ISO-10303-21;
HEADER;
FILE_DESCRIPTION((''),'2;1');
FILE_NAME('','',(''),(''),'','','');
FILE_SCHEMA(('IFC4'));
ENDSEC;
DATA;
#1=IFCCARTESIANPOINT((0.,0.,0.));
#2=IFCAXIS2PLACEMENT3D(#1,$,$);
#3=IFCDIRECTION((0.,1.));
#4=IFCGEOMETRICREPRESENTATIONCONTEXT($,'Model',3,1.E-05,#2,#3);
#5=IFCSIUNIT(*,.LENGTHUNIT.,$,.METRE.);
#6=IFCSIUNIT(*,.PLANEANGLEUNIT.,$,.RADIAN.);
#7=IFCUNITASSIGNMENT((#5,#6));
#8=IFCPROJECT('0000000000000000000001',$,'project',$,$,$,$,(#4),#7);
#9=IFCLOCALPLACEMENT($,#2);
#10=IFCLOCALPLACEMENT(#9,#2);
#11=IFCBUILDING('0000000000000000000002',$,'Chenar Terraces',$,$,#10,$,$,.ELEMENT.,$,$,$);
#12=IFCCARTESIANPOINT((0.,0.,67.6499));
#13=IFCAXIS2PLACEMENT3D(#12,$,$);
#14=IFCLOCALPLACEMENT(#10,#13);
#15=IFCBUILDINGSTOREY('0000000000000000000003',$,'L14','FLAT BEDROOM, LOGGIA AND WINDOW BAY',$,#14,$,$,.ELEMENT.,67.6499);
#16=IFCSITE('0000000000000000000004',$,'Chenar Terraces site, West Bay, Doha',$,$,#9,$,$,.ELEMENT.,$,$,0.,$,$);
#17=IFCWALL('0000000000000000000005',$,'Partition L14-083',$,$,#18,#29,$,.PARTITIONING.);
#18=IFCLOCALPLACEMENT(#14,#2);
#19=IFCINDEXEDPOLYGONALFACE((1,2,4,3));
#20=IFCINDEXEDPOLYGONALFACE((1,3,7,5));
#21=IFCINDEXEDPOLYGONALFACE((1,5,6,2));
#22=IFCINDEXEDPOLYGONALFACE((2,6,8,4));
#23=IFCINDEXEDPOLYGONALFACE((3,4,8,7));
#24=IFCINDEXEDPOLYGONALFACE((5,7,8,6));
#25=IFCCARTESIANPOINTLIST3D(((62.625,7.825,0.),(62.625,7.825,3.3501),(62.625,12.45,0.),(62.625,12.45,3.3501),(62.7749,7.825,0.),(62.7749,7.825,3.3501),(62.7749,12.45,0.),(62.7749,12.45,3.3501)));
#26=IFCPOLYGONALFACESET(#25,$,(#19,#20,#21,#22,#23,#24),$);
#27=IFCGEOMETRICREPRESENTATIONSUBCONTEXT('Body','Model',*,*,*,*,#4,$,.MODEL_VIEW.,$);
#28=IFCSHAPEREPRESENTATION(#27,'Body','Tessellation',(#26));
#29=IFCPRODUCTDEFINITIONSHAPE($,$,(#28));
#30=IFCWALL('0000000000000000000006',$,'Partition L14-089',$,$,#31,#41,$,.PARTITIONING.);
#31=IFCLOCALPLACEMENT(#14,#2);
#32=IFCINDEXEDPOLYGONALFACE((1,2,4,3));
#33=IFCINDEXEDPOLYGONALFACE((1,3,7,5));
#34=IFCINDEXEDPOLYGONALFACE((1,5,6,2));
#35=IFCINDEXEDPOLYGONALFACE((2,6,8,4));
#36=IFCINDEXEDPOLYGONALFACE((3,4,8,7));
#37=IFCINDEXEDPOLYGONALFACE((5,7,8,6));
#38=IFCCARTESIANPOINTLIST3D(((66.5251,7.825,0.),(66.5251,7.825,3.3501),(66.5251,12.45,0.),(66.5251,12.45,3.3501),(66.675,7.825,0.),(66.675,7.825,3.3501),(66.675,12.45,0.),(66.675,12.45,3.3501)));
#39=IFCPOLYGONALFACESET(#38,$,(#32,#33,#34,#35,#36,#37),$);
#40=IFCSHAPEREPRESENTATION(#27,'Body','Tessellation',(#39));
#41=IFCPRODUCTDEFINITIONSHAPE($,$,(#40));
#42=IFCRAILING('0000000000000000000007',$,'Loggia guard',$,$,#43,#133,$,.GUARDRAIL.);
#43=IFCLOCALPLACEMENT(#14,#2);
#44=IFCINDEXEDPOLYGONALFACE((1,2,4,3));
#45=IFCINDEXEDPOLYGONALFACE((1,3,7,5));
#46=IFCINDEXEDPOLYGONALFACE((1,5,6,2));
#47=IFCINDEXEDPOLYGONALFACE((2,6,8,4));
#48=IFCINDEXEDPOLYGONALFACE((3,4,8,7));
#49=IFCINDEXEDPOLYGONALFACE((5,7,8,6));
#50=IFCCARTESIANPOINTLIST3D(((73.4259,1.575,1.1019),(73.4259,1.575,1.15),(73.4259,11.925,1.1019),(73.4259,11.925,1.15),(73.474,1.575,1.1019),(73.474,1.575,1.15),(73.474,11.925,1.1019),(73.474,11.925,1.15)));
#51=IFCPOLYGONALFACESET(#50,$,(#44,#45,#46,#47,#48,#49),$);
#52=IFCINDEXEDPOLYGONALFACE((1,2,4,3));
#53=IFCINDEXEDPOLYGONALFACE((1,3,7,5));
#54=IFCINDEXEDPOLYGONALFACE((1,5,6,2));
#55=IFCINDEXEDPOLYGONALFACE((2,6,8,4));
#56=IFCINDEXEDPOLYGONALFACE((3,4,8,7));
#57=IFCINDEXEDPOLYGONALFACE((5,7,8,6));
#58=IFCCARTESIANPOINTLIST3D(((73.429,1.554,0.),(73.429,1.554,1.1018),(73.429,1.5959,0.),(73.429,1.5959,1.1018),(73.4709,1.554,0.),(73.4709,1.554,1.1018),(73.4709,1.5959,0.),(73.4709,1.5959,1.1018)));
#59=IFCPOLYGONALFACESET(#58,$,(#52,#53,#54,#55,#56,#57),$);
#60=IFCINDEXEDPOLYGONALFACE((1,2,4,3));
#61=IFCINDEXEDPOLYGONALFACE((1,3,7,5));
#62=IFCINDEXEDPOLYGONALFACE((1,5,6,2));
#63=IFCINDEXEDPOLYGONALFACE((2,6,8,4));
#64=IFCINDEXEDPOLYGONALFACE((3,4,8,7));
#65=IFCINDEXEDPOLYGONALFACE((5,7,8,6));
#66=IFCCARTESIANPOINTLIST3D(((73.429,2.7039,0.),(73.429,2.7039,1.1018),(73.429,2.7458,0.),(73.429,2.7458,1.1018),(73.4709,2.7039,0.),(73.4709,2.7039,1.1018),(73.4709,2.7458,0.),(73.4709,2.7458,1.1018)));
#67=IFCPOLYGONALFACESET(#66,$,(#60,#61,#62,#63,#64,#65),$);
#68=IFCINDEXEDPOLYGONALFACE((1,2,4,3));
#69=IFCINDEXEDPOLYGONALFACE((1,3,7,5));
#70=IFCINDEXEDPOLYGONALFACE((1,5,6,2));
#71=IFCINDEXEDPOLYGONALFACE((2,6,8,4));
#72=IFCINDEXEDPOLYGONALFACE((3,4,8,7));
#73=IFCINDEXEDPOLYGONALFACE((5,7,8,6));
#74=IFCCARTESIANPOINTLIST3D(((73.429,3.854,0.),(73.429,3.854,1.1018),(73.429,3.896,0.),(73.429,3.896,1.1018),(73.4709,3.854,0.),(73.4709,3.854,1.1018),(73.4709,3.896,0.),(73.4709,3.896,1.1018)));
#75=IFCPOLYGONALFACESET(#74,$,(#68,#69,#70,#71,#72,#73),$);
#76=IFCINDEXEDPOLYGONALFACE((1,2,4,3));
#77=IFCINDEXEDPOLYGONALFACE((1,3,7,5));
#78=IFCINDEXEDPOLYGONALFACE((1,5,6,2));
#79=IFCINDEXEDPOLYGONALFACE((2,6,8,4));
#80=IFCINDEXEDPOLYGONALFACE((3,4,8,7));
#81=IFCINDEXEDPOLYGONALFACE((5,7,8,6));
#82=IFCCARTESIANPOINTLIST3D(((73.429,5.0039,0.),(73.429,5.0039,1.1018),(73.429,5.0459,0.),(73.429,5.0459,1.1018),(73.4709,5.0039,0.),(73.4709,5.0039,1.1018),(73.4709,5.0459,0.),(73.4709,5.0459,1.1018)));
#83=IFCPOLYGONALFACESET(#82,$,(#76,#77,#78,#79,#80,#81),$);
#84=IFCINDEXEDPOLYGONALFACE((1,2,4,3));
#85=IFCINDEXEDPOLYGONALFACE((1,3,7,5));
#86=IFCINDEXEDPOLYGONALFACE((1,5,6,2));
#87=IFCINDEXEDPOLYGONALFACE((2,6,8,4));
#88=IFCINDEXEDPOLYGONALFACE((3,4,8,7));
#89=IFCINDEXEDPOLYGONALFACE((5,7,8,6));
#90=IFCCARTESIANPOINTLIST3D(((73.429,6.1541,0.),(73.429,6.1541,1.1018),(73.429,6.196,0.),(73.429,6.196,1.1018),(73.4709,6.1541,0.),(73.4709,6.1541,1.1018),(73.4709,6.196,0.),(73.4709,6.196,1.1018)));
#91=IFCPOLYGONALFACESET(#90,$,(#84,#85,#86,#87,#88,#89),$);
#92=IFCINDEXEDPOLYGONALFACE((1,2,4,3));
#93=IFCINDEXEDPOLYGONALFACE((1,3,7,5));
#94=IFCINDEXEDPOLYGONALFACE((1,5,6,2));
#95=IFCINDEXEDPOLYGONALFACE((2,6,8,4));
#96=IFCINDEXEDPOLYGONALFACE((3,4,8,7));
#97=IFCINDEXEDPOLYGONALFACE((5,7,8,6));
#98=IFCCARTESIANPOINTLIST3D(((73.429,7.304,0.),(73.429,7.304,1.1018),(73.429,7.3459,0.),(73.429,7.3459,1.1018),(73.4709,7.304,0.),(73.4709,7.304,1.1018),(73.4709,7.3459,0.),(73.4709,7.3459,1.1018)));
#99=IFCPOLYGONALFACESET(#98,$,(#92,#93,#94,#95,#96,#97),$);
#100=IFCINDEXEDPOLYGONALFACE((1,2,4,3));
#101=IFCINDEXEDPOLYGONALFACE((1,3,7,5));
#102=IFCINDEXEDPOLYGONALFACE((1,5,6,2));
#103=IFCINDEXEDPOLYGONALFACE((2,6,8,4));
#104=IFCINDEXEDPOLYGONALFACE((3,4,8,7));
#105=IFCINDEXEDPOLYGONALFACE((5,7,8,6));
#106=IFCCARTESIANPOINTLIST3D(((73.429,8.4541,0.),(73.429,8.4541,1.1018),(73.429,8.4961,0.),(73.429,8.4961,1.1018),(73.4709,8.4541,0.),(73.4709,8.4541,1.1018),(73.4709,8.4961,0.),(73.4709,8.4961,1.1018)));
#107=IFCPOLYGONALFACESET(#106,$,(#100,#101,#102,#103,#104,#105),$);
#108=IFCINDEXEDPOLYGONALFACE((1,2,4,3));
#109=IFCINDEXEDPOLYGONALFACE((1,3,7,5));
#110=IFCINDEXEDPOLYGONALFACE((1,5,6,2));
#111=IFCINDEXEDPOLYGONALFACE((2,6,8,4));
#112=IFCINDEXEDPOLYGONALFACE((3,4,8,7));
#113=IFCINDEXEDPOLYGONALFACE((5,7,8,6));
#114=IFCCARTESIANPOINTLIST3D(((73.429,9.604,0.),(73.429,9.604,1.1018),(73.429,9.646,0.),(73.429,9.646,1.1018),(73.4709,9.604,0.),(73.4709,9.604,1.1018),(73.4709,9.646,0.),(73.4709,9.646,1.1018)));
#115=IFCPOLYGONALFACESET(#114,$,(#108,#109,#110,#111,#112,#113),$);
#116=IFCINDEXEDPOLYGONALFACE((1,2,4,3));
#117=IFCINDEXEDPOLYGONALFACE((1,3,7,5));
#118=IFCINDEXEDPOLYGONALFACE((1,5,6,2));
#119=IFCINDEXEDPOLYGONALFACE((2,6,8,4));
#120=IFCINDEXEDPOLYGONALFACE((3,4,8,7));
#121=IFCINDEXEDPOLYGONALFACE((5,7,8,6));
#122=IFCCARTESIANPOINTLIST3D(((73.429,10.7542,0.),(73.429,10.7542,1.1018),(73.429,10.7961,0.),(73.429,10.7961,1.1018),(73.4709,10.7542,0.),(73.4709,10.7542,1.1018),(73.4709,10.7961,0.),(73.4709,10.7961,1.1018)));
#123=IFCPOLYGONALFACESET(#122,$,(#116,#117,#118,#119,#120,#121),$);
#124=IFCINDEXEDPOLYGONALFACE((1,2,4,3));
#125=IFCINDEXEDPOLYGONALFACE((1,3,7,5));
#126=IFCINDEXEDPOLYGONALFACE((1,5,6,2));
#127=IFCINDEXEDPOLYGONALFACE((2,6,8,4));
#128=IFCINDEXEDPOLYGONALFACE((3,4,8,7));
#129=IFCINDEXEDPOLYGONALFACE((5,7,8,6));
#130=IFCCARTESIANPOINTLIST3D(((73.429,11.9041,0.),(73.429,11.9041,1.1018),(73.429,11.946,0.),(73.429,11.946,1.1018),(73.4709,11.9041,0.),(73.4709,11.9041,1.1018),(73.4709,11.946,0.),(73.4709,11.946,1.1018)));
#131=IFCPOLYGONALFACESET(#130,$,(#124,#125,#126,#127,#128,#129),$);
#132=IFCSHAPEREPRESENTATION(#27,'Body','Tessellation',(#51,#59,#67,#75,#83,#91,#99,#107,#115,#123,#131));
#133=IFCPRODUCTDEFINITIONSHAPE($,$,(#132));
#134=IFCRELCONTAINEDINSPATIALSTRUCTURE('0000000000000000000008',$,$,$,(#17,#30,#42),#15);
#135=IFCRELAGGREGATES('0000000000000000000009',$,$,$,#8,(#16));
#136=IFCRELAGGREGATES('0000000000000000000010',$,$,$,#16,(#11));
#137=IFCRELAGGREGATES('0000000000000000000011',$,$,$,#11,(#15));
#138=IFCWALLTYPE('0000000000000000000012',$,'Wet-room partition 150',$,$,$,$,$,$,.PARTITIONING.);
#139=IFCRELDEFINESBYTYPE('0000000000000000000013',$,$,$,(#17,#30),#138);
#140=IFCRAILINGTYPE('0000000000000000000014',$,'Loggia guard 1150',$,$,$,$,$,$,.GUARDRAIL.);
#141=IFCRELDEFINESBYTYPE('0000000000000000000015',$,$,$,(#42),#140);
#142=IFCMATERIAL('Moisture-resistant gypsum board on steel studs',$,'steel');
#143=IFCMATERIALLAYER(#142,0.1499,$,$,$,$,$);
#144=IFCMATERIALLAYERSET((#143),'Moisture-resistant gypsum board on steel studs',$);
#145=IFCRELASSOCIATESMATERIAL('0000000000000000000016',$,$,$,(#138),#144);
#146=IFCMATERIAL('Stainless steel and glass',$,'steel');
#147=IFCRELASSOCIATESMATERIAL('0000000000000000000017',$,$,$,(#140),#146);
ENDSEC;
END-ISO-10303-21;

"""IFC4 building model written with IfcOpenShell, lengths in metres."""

from ifc_helpers import new_model, si_unit, direction, frame, frame_2d, origin, origin_2d, place, context, subcontext, project, spatial, rectangle, extrude, material, layer, layer_set, type_object, element, save


model = new_model("IFC4")

# Units and contexts
model_context = context("Model", 3, precision=1e-05, world=origin(), true_north=direction((0.0, 1.0)))
body_context = subcontext(model_context, "Body", "Model", "MODEL_VIEW")
ifc_project = project(units=[si_unit("LENGTHUNIT", "METRE"), si_unit("PLANEANGLEUNIT", "RADIAN")], contexts=[model_context])

# Site, building, storey
site_placement = place(None, origin())
site = spatial("IfcSite", under=ifc_project, at=site_placement, Name="Chenar Terraces site, West Bay, Doha", CompositionType="ELEMENT", RefElevation=0.0)
building_placement = place(site_placement, origin())
building = spatial("IfcBuilding", under=site, at=building_placement, Name="Chenar Terraces", CompositionType="ELEMENT")
storey_placement = place(building_placement, frame((0.0, 0.0, 67.6499)))
storey = spatial("IfcBuildingStorey", under=building, at=storey_placement, Name="L14", Description="FLAT BEDROOM, LOGGIA AND WINDOW BAY", CompositionType="ELEMENT", Elevation=67.6499)

# Walls
ifc_material_1 = material(Name="Moisture-resistant gypsum board on steel studs", Category="steel")
ifc_layer_1 = layer(ifc_material_1, 0.1499)
ifc_layer_set_1 = layer_set([ifc_layer_1], Name="Moisture-resistant gypsum board on steel studs")
wall_type_1 = type_object("IfcWallType", Name="Wet-room partition 150", PredefinedType="PARTITIONING", material=ifc_layer_set_1)
for number, where, z_axis, x_axis, name in (
    (1, (62.7, 7.825, 0.0), (0.0, 0.0, 1.0), (0.0, 1.0, 0.0), "Partition L14-083"),
    (2, (66.6001, 7.825, 0.0), (0.0, 0.0, 1.0), (0.0, 1.0, 0.0), "Partition L14-089"),
):
    element("IfcWall", number, at=place(storey_placement, frame(where, z_axis=z_axis, x_axis=x_axis)), inside=storey, type_object=wall_type_1, Name=name, PredefinedType="PARTITIONING", context=body_context, shape_type="SweptSolid", body=[
        extrude(rectangle(XDim=4.625, YDim=0.1499, at=frame_2d((2.3125, 0.0))), origin(), (0.0, 0.0, 1.0), 3.3501),
    ])

# Railing
ifc_material_2 = material(Name="Stainless steel and glass", Category="steel")
railing_type = type_object("IfcRailingType", Name="Loggia guard 1150", PredefinedType="GUARDRAIL", material=ifc_material_2)
railing_placement = place(storey_placement, frame((73.45, 1.575, 0.0)))
element("IfcRailing", 3, at=railing_placement, inside=storey, type_object=railing_type, Name="Loggia guard", PredefinedType="GUARDRAIL", context=body_context, shape_type="SweptSolid", body=[
    extrude(rectangle(XDim=0.0481, YDim=0.0481, at=origin_2d()), frame((0.0, 0.0, 1.126), z_axis=(0.0, 1.0, 0.0), x_axis=(-1.0, 0.0, 0.0)), (0.0, 0.0, 1.0), 10.3501),
    extrude(rectangle(XDim=0.042, YDim=0.042, at=origin_2d()), origin(), (0.0, 0.0, 1.0), 1.1018),
    extrude(rectangle(XDim=0.042, YDim=0.042, at=origin_2d()), frame((0.0, 1.1499, 0.0)), (0.0, 0.0, 1.0), 1.1018),
    extrude(rectangle(XDim=0.042, YDim=0.042, at=origin_2d()), frame((0.0, 2.3, 0.0)), (0.0, 0.0, 1.0), 1.1018),
    extrude(rectangle(XDim=0.042, YDim=0.042, at=origin_2d()), frame((0.0, 3.45, 0.0)), (0.0, 0.0, 1.0), 1.1018),
    extrude(rectangle(XDim=0.042, YDim=0.042, at=origin_2d()), frame((0.0, 4.6001, 0.0)), (0.0, 0.0, 1.0), 1.1018),
    extrude(rectangle(XDim=0.042, YDim=0.042, at=origin_2d()), frame((0.0, 5.75, 0.0)), (0.0, 0.0, 1.0), 1.1018),
    extrude(rectangle(XDim=0.042, YDim=0.042, at=origin_2d()), frame((0.0, 6.9001, 0.0)), (0.0, 0.0, 1.0), 1.1018),
    extrude(rectangle(XDim=0.042, YDim=0.042, at=origin_2d()), frame((0.0, 8.05, 0.0)), (0.0, 0.0, 1.0), 1.1018),
    extrude(rectangle(XDim=0.042, YDim=0.042, at=origin_2d()), frame((0.0, 9.2002, 0.0)), (0.0, 0.0, 1.0), 1.1018),
    extrude(rectangle(XDim=0.042, YDim=0.042, at=origin_2d()), frame((0.0, 10.3501, 0.0)), (0.0, 0.0, 1.0), 1.1018),
])

save(model, "model.ifc")
